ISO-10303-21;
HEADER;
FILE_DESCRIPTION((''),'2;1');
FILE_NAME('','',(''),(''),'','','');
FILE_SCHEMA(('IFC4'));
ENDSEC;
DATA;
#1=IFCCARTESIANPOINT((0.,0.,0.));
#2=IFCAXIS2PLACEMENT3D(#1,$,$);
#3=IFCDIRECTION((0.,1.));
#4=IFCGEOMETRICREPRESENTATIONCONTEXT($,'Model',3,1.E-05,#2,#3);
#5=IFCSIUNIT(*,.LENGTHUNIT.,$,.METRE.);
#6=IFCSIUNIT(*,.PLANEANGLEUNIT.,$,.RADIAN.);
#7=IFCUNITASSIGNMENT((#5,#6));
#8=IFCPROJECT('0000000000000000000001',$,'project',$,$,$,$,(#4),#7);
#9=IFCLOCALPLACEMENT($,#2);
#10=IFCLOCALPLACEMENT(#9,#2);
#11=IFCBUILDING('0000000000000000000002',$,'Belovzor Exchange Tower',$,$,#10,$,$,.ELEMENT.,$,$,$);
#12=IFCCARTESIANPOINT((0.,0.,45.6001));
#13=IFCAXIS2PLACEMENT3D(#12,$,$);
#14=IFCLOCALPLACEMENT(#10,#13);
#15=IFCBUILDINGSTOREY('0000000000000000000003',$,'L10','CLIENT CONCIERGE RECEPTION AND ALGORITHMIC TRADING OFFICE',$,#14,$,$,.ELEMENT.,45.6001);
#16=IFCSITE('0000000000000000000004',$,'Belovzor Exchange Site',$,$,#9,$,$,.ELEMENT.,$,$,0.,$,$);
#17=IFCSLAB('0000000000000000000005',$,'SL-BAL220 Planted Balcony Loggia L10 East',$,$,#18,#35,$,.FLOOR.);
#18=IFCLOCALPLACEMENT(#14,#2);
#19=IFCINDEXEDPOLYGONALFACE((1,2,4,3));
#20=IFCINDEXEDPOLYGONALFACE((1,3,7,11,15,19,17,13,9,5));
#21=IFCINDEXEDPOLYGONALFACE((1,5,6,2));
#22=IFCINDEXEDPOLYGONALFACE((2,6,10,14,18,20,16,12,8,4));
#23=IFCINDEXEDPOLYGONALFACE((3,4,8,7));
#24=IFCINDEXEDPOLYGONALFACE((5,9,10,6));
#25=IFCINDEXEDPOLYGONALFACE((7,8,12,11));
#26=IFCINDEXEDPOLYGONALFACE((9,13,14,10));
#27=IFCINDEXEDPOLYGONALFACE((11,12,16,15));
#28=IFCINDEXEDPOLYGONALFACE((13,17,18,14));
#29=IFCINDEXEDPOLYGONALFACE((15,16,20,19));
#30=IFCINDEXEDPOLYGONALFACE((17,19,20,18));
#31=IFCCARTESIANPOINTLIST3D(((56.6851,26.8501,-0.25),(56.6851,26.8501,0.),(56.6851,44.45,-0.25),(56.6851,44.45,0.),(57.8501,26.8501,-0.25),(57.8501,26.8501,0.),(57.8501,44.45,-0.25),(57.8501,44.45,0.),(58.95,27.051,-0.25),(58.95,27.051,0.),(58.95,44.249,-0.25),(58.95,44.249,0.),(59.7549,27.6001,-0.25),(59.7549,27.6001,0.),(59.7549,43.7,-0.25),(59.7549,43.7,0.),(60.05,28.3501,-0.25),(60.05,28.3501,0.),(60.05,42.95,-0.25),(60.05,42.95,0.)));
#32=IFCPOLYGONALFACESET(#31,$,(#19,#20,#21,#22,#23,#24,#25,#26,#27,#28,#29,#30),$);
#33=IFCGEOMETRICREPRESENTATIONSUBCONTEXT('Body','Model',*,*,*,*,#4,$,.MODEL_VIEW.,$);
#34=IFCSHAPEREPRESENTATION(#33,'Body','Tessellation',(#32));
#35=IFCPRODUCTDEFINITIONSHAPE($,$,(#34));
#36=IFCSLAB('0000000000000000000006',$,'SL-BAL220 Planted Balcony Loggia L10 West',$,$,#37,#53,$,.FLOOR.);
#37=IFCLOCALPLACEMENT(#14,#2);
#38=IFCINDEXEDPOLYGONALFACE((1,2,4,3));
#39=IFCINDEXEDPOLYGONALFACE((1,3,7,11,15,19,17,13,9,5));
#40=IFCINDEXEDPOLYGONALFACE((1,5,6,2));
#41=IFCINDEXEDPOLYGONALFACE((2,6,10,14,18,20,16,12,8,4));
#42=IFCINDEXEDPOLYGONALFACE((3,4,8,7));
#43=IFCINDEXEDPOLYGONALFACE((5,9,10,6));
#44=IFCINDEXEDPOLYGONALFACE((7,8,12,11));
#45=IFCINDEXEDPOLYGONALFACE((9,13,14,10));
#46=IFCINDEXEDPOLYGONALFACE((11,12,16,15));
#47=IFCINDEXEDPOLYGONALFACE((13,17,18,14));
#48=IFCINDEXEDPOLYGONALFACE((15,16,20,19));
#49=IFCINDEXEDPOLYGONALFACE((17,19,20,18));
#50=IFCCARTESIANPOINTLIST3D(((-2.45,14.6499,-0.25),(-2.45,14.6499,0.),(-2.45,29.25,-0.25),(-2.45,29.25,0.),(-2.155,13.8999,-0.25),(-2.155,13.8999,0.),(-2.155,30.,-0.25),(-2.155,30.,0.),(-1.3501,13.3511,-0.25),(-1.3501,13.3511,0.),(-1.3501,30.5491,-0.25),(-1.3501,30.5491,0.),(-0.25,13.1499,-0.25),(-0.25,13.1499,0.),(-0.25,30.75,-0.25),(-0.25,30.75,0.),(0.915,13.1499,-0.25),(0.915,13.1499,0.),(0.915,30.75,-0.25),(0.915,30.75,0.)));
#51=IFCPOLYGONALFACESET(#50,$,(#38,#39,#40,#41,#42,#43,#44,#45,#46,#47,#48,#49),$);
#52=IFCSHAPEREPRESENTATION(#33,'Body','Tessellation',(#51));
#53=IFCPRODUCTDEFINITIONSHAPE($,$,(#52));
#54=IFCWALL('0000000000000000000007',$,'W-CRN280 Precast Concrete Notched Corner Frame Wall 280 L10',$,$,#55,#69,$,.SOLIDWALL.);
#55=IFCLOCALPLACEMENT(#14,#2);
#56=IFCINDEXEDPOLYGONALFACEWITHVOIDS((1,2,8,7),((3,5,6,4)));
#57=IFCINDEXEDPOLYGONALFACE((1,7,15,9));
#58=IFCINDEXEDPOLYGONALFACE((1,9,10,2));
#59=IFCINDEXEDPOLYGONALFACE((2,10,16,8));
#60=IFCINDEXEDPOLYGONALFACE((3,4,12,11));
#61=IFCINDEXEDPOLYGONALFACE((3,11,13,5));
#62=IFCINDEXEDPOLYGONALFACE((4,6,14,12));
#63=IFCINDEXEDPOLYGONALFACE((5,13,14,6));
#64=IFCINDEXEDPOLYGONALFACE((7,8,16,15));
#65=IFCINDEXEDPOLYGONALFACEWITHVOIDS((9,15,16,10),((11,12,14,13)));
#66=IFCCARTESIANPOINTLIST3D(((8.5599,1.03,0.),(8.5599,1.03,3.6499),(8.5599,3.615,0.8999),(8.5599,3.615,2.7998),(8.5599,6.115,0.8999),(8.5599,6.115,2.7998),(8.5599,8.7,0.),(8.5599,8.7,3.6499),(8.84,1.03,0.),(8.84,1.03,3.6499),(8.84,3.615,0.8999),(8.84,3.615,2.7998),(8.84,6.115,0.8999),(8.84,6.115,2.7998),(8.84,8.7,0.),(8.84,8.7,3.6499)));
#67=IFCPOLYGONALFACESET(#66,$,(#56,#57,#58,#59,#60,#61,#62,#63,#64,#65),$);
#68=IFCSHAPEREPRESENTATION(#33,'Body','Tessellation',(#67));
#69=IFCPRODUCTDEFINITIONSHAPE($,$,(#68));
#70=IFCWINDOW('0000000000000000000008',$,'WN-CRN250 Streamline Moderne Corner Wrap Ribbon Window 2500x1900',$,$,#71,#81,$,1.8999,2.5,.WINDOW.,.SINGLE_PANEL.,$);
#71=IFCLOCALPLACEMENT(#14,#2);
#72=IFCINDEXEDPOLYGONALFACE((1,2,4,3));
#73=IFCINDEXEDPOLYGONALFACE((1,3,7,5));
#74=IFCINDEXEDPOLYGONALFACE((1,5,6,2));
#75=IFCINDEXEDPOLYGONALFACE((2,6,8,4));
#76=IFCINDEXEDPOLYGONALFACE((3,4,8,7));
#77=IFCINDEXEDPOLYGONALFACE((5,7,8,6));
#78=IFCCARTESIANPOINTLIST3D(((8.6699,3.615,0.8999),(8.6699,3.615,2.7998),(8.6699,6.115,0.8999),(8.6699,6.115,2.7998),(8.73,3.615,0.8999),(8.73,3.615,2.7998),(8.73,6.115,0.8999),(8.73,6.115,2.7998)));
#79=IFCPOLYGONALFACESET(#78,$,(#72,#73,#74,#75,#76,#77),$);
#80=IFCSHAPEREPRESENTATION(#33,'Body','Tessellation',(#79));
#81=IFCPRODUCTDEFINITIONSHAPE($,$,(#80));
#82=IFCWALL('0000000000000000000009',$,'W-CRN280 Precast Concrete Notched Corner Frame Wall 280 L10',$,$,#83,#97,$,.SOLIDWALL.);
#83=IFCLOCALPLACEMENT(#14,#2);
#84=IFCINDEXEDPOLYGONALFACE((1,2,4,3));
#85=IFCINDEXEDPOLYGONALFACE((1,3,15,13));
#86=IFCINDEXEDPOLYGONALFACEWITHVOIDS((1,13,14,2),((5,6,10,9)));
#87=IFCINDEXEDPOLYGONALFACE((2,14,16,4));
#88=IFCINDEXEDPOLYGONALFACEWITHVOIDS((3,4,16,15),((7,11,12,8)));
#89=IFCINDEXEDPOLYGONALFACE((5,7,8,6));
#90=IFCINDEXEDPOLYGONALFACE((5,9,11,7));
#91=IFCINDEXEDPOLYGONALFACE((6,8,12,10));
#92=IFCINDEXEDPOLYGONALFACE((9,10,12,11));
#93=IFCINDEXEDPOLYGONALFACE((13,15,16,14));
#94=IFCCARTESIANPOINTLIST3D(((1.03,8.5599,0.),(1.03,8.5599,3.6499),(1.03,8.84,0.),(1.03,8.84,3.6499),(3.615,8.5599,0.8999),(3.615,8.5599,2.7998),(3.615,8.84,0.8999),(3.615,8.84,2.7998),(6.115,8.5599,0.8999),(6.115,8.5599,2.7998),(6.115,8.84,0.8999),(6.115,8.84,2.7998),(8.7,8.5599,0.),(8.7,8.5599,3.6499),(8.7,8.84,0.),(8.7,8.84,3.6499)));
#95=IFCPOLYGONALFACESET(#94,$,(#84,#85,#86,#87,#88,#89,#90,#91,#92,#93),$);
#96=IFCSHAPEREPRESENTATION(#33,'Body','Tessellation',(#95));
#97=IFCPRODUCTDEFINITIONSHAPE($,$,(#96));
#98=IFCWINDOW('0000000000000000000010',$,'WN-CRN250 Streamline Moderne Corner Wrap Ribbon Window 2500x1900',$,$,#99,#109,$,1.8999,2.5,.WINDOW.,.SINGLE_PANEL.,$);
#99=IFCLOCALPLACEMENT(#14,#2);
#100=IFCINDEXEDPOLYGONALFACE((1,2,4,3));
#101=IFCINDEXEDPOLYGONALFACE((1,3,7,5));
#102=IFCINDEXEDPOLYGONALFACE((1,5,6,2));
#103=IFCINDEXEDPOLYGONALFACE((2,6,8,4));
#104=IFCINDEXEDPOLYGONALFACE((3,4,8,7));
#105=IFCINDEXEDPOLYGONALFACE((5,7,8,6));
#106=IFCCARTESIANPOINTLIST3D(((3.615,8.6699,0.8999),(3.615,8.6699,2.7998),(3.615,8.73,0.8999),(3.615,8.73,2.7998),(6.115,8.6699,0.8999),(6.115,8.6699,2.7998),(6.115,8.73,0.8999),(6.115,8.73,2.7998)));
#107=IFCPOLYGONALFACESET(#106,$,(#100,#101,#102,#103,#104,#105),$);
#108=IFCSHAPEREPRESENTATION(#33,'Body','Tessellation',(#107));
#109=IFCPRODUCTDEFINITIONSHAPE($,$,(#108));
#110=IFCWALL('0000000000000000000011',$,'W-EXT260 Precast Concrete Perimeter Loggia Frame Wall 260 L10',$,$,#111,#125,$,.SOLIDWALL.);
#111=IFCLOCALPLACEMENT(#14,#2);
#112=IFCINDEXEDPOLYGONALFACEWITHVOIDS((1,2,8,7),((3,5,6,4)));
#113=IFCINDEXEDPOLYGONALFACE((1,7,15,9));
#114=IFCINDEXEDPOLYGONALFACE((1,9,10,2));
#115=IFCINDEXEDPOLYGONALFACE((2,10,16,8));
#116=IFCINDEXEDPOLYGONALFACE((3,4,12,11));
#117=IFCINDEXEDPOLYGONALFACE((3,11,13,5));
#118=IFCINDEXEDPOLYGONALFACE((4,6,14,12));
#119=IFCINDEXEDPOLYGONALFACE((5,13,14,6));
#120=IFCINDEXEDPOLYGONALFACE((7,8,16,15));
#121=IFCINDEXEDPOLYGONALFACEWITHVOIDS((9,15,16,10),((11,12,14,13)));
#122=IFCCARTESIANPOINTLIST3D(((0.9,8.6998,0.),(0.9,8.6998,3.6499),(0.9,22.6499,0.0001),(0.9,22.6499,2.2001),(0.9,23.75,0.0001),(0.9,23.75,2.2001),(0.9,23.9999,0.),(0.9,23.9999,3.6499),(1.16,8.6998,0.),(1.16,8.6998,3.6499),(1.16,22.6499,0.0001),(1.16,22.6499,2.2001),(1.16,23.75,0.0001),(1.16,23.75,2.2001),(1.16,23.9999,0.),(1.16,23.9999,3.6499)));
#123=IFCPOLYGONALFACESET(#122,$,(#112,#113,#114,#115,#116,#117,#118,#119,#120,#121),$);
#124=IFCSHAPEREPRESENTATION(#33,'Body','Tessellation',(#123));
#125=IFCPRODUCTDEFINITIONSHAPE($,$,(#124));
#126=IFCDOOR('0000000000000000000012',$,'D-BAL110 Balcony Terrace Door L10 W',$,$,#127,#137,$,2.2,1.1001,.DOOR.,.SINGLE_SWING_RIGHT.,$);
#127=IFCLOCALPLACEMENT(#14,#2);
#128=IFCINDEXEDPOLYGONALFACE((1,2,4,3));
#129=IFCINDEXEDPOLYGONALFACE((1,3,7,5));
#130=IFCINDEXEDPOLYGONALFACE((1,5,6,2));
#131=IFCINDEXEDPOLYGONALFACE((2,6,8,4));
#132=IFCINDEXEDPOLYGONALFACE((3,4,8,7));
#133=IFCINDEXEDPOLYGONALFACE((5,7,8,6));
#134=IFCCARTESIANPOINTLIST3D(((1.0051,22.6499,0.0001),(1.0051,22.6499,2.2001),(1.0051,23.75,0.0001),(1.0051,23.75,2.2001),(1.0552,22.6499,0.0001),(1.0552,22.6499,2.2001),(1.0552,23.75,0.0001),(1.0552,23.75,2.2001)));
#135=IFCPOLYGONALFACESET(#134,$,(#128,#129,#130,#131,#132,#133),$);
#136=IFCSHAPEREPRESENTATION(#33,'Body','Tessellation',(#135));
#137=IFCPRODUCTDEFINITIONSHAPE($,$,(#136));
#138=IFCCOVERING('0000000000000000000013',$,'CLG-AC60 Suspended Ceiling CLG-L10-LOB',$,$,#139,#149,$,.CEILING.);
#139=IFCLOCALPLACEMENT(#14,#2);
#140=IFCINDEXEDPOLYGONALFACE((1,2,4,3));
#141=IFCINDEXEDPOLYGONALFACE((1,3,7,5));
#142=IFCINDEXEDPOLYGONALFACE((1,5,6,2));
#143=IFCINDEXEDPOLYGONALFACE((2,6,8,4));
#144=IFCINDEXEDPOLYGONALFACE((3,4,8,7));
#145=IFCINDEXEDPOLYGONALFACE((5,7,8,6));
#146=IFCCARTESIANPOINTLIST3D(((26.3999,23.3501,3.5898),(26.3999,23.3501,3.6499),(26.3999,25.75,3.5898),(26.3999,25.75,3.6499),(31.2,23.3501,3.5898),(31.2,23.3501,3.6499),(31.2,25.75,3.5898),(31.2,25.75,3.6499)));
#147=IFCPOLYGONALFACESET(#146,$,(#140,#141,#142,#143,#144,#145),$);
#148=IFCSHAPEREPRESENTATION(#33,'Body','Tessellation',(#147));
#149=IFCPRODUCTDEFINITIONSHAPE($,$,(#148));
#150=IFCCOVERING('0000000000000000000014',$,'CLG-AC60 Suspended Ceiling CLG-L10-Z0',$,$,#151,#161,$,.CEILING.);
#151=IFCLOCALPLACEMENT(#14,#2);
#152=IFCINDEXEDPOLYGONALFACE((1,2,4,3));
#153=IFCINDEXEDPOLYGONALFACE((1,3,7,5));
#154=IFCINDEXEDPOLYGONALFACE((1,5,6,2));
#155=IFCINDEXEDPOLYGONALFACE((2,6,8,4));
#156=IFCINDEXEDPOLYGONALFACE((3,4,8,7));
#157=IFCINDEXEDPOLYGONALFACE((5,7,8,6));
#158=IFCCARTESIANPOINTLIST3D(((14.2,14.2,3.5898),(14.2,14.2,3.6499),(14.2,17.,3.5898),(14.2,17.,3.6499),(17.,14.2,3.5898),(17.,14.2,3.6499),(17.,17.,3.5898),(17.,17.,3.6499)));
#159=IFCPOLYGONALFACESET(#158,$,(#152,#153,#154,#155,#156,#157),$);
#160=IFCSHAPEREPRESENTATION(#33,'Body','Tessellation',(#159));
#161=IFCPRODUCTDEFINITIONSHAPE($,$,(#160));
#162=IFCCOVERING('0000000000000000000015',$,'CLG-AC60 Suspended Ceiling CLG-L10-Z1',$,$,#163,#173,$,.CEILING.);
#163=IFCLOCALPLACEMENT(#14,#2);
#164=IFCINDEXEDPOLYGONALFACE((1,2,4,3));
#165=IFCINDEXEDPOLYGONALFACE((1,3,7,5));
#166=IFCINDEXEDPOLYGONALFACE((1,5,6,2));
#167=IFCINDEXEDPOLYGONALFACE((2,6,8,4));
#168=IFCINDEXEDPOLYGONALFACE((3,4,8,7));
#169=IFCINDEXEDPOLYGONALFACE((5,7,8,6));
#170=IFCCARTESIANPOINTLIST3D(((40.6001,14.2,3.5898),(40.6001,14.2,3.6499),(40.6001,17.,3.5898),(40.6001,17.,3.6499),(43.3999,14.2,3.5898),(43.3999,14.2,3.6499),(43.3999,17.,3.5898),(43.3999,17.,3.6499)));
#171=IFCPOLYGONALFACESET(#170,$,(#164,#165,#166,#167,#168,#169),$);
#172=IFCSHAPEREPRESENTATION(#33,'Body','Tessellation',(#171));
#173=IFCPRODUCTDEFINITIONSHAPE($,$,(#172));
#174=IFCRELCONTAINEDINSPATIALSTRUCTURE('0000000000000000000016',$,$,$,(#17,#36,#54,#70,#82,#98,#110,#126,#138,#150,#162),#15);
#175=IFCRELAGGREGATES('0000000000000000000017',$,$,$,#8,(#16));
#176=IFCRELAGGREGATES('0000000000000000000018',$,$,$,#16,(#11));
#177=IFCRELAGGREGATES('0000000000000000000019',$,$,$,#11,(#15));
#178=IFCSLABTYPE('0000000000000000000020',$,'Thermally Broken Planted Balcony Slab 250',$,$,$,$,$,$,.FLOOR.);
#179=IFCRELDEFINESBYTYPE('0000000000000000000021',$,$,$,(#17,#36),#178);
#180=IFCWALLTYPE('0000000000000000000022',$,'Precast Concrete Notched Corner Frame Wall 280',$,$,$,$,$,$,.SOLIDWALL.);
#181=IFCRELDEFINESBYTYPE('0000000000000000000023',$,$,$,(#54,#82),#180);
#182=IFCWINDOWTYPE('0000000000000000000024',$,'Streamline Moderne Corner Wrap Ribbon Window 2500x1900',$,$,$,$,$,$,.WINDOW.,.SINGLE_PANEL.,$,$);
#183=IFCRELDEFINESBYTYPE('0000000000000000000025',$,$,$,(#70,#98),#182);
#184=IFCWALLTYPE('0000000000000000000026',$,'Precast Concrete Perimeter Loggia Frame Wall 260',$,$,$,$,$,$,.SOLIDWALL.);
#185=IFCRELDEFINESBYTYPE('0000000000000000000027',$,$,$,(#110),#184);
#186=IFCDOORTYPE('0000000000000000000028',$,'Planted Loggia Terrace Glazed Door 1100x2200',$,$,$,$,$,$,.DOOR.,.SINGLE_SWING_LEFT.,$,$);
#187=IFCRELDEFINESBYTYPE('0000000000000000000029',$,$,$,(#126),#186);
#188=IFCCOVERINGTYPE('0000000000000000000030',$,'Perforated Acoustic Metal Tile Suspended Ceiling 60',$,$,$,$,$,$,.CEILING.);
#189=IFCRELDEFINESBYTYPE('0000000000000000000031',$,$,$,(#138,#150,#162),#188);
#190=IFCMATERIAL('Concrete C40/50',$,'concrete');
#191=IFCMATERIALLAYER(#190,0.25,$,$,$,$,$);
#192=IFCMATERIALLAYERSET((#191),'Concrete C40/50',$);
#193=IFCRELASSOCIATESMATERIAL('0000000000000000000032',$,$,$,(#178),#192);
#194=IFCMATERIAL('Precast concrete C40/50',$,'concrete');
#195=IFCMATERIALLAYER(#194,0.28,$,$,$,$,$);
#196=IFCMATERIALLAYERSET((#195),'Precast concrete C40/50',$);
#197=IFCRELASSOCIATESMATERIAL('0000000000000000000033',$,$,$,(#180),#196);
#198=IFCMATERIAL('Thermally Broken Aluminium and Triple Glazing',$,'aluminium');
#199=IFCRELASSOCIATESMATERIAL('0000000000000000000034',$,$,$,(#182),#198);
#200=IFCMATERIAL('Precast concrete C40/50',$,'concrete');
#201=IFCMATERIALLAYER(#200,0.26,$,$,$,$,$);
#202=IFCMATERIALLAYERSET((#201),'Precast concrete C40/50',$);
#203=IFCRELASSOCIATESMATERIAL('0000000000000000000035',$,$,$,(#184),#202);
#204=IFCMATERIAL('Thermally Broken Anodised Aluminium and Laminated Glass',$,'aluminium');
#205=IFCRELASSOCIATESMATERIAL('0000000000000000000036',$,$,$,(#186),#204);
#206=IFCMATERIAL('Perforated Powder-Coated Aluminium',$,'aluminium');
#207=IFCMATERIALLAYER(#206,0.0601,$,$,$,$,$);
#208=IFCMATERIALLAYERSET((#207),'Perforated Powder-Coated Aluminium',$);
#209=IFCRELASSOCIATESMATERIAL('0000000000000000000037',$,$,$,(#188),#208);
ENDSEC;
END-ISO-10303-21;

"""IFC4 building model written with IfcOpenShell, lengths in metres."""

from ifc_helpers import new_model, si_unit, direction, frame, frame_2d, origin, place, context, subcontext, project, spatial, polyline, rectangle, outline, extrude, material, layer, layer_set, type_object, element, fill, save


model = new_model("IFC4")

# Units and contexts
model_context = context("Model", 3, precision=1e-05, world=origin(), true_north=direction((0.0, 1.0)))
body_context = subcontext(model_context, "Body", "Model", "MODEL_VIEW")
ifc_project = project(units=[si_unit("LENGTHUNIT", "METRE"), si_unit("PLANEANGLEUNIT", "RADIAN")], contexts=[model_context])

# Site, building, storey
site_placement = place(None, origin())
site = spatial("IfcSite", under=ifc_project, at=site_placement, Name="Belovzor Exchange Site", CompositionType="ELEMENT", RefElevation=0.0)
building_placement = place(site_placement, origin())
building = spatial("IfcBuilding", under=site, at=building_placement, Name="Belovzor Exchange Tower", CompositionType="ELEMENT")
storey_placement = place(building_placement, frame((0.0, 0.0, 45.6001)))
storey = spatial("IfcBuildingStorey", under=building, at=storey_placement, Name="L10", Description="CLIENT CONCIERGE RECEPTION AND ALGORITHMIC TRADING OFFICE", CompositionType="ELEMENT", Elevation=45.6001)

# Slabs
ifc_material_1 = material(Name="Concrete C40/50", Category="concrete")
ifc_layer_1 = layer(ifc_material_1, 0.25)
ifc_layer_set_1 = layer_set([ifc_layer_1], Name="Concrete C40/50")
slab_type_1 = type_object("IfcSlabType", Name="Thermally Broken Planted Balcony Slab 250", PredefinedType="FLOOR", material=ifc_layer_set_1)
slab_1_placement = place(storey_placement, frame((0.0, 0.0, -0.25)))
element("IfcSlab", 1, at=slab_1_placement, inside=storey, type_object=slab_type_1, Name="SL-BAL220 Planted Balcony Loggia L10 East", PredefinedType="FLOOR", context=body_context, shape_type="SweptSolid", body=[
    extrude(outline(polyline([(56.6851, 26.8501), (57.8501, 26.8501), (58.95, 27.051), (59.7549, 27.6001), (60.05, 28.3501), (60.05, 42.95), (59.7549, 43.7), (58.95, 44.249), (57.8501, 44.45), (56.6851, 44.45), (56.6851, 26.8501)])), origin(), (0.0, 0.0, 1.0), 0.25),
])
slab_2_placement = place(storey_placement, frame((0.0, 0.0, -0.25)))
element("IfcSlab", 2, at=slab_2_placement, inside=storey, type_object=slab_type_1, Name="SL-BAL220 Planted Balcony Loggia L10 West", PredefinedType="FLOOR", context=body_context, shape_type="SweptSolid", body=[
    extrude(outline(polyline([(0.915, 30.75), (-0.25, 30.75), (-1.3501, 30.5491), (-2.155, 30.0), (-2.45, 29.25), (-2.45, 14.6499), (-2.155, 13.8999), (-1.3501, 13.3511), (-0.25, 13.1499), (0.915, 13.1499), (0.915, 30.75)])), origin(), (0.0, 0.0, 1.0), 0.25),
])

# Walls, openings, windows
ifc_material_2 = material(Name="Precast concrete C40/50", Category="concrete")
ifc_layer_2 = layer(ifc_material_2, 0.28)
ifc_layer_set_2 = layer_set([ifc_layer_2], Name="Precast concrete C40/50")
wall_type_1 = type_object("IfcWallType", Name="Precast Concrete Notched Corner Frame Wall 280", PredefinedType="SOLIDWALL", material=ifc_layer_set_2)
wall_1_placement = place(storey_placement, frame((8.7, 1.03, 0.0), z_axis=(0.0, 0.0, 1.0), x_axis=(0.0, 1.0, 0.0)))
wall_1 = element("IfcWall", 3, at=wall_1_placement, inside=storey, type_object=wall_type_1, Name="W-CRN280 Precast Concrete Notched Corner Frame Wall 280 L10", PredefinedType="SOLIDWALL", context=body_context, shape_type="SweptSolid", body=[
    extrude(rectangle(XDim=7.6699, YDim=0.28, at=frame_2d((3.835, 0.0))), origin(), (0.0, 0.0, 1.0), 3.6499),
])
opening_1_placement = place(wall_1_placement, frame((2.585, 0.0, 0.8999)))
opening_1 = element("IfcOpeningElement", 4, at=opening_1_placement, cuts=wall_1, PredefinedType="OPENING", context=body_context, shape_type="SweptSolid", body=[
    extrude(rectangle(XDim=2.5, YDim=1.8999, at=frame_2d((1.25, 0.95))), frame((0.0, 0.1499, 0.0), z_axis=(0.0, -1.0, 0.0), x_axis=(1.0, 0.0, 0.0)), (0.0, 0.0, 1.0), 0.3),
])
ifc_material_3 = material(Name="Thermally Broken Aluminium and Triple Glazing", Category="aluminium")
window_type = type_object("IfcWindowType", Name="Streamline Moderne Corner Wrap Ribbon Window 2500x1900", PartitioningType="SINGLE_PANEL", PredefinedType="WINDOW", material=ifc_material_3)
window_1_placement = place(opening_1_placement, origin())
window_1 = element("IfcWindow", 5, at=window_1_placement, inside=storey, type_object=window_type, Name="WN-CRN250 Streamline Moderne Corner Wrap Ribbon Window 2500x1900", OverallHeight=1.8999, OverallWidth=2.5, PartitioningType="SINGLE_PANEL", PredefinedType="WINDOW", context=body_context, shape_type="SweptSolid", body=[
    extrude(rectangle(XDim=2.5, YDim=1.8999, at=frame_2d((1.25, 0.95))), frame((0.0, 0.03, 0.0), z_axis=(0.0, -1.0, 0.0), x_axis=(1.0, 0.0, 0.0)), (0.0, 0.0, 1.0), 0.0601),
])
fill(opening_1, window_1)
wall_2_placement = place(storey_placement, frame((8.7, 8.7, 0.0), z_axis=(0.0, 0.0, 1.0), x_axis=(-1.0, 0.0, 0.0)))
wall_2 = element("IfcWall", 6, at=wall_2_placement, inside=storey, type_object=wall_type_1, Name="W-CRN280 Precast Concrete Notched Corner Frame Wall 280 L10", PredefinedType="SOLIDWALL", context=body_context, shape_type="SweptSolid", body=[
    extrude(rectangle(XDim=7.6699, YDim=0.28, at=frame_2d((3.835, 0.0))), origin(), (0.0, 0.0, 1.0), 3.6499),
])
opening_2_placement = place(wall_2_placement, frame((2.585, 0.0, 0.8999)))
opening_2 = element("IfcOpeningElement", 7, at=opening_2_placement, cuts=wall_2, PredefinedType="OPENING", context=body_context, shape_type="SweptSolid", body=[
    extrude(rectangle(XDim=2.5, YDim=1.8999, at=frame_2d((1.25, 0.95))), frame((0.0, 0.1499, 0.0), z_axis=(0.0, -1.0, 0.0), x_axis=(1.0, 0.0, 0.0)), (0.0, 0.0, 1.0), 0.3),
])
window_2_placement = place(opening_2_placement, origin())
window_2 = element("IfcWindow", 8, at=window_2_placement, inside=storey, type_object=window_type, Name="WN-CRN250 Streamline Moderne Corner Wrap Ribbon Window 2500x1900", OverallHeight=1.8999, OverallWidth=2.5, PartitioningType="SINGLE_PANEL", PredefinedType="WINDOW", context=body_context, shape_type="SweptSolid", body=[
    extrude(rectangle(XDim=2.5, YDim=1.8999, at=frame_2d((1.25, 0.95))), frame((0.0, 0.03, 0.0), z_axis=(0.0, -1.0, 0.0), x_axis=(1.0, 0.0, 0.0)), (0.0, 0.0, 1.0), 0.0601),
])
fill(opening_2, window_2)

# Wall, opening, door
ifc_material_4 = material(Name="Precast concrete C40/50", Category="concrete")
ifc_layer_3 = layer(ifc_material_4, 0.26)
ifc_layer_set_3 = layer_set([ifc_layer_3], Name="Precast concrete C40/50")
wall_type_2 = type_object("IfcWallType", Name="Precast Concrete Perimeter Loggia Frame Wall 260", PredefinedType="SOLIDWALL", material=ifc_layer_set_3)
wall_3_placement = place(storey_placement, frame((1.03, 8.7, 0.0), z_axis=(0.0, 0.0, 1.0), x_axis=(0.0, 1.0, 0.0)))
wall_3 = element("IfcWall", 9, at=wall_3_placement, inside=storey, type_object=wall_type_2, Name="W-EXT260 Precast Concrete Perimeter Loggia Frame Wall 260 L10", PredefinedType="SOLIDWALL", context=body_context, shape_type="SweptSolid", body=[
    extrude(rectangle(XDim=15.3, YDim=0.26, at=frame_2d((7.6499, 0.0))), origin(), (0.0, 0.0, 1.0), 3.6499),
])
opening_3_placement = place(wall_3_placement, frame((13.95, 0.0, 0.0)))
opening_3 = element("IfcOpeningElement", 10, at=opening_3_placement, cuts=wall_3, PredefinedType="OPENING", context=body_context, shape_type="SweptSolid", body=[
    extrude(rectangle(XDim=1.1001, YDim=2.2, at=frame_2d((0.55, 1.1001))), frame((0.0, 0.1399, 0.0), z_axis=(0.0, -1.0, 0.0), x_axis=(1.0, 0.0, 0.0)), (0.0, 0.0, 1.0), 0.28),
])
ifc_material_5 = material(Name="Thermally Broken Anodised Aluminium and Laminated Glass", Category="aluminium")
door_type = type_object("IfcDoorType", Name="Planted Loggia Terrace Glazed Door 1100x2200", OperationType="SINGLE_SWING_LEFT", PredefinedType="DOOR", material=ifc_material_5)
door_placement = place(opening_3_placement, origin())
door = element("IfcDoor", 11, at=door_placement, inside=storey, type_object=door_type, Name="D-BAL110 Balcony Terrace Door L10 W", OperationType="SINGLE_SWING_RIGHT", OverallHeight=2.2, OverallWidth=1.1001, PredefinedType="DOOR", context=body_context, shape_type="SweptSolid", body=[
    extrude(rectangle(XDim=1.1001, YDim=2.2, at=frame_2d((0.55, 1.1001))), frame((0.0, 0.0249, 0.0), z_axis=(0.0, -1.0, 0.0), x_axis=(1.0, 0.0, 0.0)), (0.0, 0.0, 1.0), 0.05),
])
fill(opening_3, door)

# Coverings
ifc_material_6 = material(Name="Perforated Powder-Coated Aluminium", Category="aluminium")
ifc_layer_4 = layer(ifc_material_6, 0.0601)
ifc_layer_set_4 = layer_set([ifc_layer_4], Name="Perforated Powder-Coated Aluminium")
covering_type_1 = type_object("IfcCoveringType", Name="Perforated Acoustic Metal Tile Suspended Ceiling 60", PredefinedType="CEILING", material=ifc_layer_set_4)
covering_1_placement = place(storey_placement, frame((0.0, 0.0, 3.5898)))
element("IfcCovering", 12, at=covering_1_placement, inside=storey, type_object=covering_type_1, Name="CLG-AC60 Suspended Ceiling CLG-L10-LOB", PredefinedType="CEILING", context=body_context, shape_type="SweptSolid", body=[
    extrude(outline(polyline([(26.3999, 23.3501), (31.2, 23.3501), (31.2, 25.75), (26.3999, 25.75), (26.3999, 23.3501)])), origin(), (0.0, 0.0, 1.0), 0.0601),
])
covering_2_placement = place(storey_placement, frame((0.0, 0.0, 3.5898)))
element("IfcCovering", 13, at=covering_2_placement, inside=storey, type_object=covering_type_1, Name="CLG-AC60 Suspended Ceiling CLG-L10-Z0", PredefinedType="CEILING", context=body_context, shape_type="SweptSolid", body=[
    extrude(outline(polyline([(14.2, 14.2), (17.0, 14.2), (17.0, 17.0), (14.2, 17.0), (14.2, 14.2)])), origin(), (0.0, 0.0, 1.0), 0.0601),
])
covering_3_placement = place(storey_placement, frame((0.0, 0.0, 3.5898)))
element("IfcCovering", 14, at=covering_3_placement, inside=storey, type_object=covering_type_1, Name="CLG-AC60 Suspended Ceiling CLG-L10-Z1", PredefinedType="CEILING", context=body_context, shape_type="SweptSolid", body=[
    extrude(outline(polyline([(40.6001, 14.2), (43.3999, 14.2), (43.3999, 17.0), (40.6001, 17.0), (40.6001, 14.2)])), origin(), (0.0, 0.0, 1.0), 0.0601),
])

save(model, "model.ifc")
